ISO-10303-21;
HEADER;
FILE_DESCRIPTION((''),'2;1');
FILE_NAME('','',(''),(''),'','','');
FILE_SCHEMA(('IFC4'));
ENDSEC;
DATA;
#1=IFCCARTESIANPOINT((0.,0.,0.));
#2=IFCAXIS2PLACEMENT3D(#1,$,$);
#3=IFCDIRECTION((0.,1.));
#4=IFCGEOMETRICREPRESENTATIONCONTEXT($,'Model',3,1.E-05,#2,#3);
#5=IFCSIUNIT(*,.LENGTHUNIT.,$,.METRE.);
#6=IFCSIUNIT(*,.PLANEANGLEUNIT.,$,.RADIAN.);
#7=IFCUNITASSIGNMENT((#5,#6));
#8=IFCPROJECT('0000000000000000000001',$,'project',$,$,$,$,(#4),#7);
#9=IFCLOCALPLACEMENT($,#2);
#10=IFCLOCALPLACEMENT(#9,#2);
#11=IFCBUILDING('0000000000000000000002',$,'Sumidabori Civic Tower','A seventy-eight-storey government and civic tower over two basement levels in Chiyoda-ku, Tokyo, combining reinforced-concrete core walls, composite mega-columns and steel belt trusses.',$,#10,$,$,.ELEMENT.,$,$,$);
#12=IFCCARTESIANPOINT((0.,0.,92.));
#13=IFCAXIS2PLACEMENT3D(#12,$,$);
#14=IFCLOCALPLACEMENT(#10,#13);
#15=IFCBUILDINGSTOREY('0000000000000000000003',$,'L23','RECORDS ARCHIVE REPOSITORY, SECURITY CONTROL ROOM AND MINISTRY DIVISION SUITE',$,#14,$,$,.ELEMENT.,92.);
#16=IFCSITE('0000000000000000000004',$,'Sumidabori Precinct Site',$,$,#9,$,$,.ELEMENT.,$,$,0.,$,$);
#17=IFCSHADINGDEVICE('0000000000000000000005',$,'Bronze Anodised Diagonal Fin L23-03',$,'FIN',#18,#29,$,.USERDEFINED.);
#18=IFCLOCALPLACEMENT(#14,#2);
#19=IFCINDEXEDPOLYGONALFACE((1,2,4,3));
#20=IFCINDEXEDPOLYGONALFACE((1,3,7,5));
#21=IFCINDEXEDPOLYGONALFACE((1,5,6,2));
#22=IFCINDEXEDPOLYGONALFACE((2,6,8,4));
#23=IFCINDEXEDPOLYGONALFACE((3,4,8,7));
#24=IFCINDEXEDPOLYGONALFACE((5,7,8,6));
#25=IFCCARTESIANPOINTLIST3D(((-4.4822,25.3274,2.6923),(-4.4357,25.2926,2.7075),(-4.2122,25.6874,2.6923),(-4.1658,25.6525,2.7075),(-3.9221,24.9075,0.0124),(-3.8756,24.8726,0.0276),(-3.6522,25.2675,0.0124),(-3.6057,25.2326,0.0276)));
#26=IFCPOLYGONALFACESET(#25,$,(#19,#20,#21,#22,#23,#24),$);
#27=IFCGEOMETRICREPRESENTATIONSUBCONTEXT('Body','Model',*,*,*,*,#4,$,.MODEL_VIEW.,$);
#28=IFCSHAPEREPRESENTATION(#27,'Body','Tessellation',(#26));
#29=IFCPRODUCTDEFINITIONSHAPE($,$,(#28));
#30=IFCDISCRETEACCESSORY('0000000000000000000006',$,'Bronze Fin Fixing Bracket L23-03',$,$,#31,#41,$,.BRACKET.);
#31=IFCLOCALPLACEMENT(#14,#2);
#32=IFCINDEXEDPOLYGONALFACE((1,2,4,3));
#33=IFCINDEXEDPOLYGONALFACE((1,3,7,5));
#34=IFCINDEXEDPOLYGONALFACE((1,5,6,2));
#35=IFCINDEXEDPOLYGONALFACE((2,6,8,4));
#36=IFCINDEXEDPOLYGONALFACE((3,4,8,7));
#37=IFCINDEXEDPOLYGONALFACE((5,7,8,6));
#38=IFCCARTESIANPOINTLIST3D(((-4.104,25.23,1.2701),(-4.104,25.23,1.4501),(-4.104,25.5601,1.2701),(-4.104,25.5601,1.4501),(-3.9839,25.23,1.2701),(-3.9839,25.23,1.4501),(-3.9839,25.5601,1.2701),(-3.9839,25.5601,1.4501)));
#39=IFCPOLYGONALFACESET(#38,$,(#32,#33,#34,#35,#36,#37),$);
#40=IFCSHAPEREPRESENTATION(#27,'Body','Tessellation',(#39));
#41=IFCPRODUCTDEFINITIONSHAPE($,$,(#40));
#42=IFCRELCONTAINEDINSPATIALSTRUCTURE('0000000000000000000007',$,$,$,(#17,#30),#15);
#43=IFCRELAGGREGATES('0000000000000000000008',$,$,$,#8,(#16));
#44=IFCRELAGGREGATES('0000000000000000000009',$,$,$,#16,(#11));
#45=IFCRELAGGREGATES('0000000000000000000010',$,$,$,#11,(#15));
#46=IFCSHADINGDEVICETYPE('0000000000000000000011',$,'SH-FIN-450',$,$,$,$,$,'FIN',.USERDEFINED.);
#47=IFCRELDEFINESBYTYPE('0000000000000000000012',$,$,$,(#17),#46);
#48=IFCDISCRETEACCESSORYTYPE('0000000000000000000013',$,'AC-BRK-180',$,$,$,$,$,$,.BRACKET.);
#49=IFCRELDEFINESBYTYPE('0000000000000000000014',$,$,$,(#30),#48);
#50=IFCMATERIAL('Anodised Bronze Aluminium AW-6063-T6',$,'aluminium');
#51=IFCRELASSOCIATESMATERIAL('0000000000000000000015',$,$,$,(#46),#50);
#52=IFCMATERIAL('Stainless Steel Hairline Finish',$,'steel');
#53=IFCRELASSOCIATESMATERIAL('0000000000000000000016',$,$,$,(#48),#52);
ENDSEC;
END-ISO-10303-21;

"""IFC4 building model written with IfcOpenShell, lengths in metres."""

from ifc_helpers import new_model, si_unit, direction, frame, origin, origin_2d, place, context, subcontext, project, spatial, rectangle, extrude, source, transform, mapped, material, material_profile, profile_set, type_object, element, save


model = new_model("IFC4")

# Units and contexts
model_context = context("Model", 3, precision=1e-05, world=origin(), true_north=direction((0.0, 1.0)))
body_context = subcontext(model_context, "Body", "Model", "MODEL_VIEW")
ifc_project = project(units=[si_unit("LENGTHUNIT", "METRE"), si_unit("PLANEANGLEUNIT", "RADIAN")], contexts=[model_context])

# Site, building, storey
site_placement = place(None, origin())
site = spatial("IfcSite", under=ifc_project, at=site_placement, Name="Sumidabori Precinct Site", CompositionType="ELEMENT", RefElevation=0.0)
building_placement = place(site_placement, origin())
building = spatial("IfcBuilding", under=site, at=building_placement, Name="Sumidabori Civic Tower", Description="A seventy-eight-storey government and civic tower over two basement levels in Chiyoda-ku, Tokyo, combining reinforced-concrete core walls, composite mega-columns and steel belt trusses.", CompositionType="ELEMENT")
storey_placement = place(building_placement, frame((0.0, 0.0, 92.0)))
storey = spatial("IfcBuildingStorey", under=building, at=storey_placement, Name="L23", Description="RECORDS ARCHIVE REPOSITORY, SECURITY CONTROL ROOM AND MINISTRY DIVISION SUITE", CompositionType="ELEMENT", Elevation=92.0)

# Shared definitions
ifc_material_1 = material(Name="Anodised Bronze Aluminium AW-6063-T6", Category="aluminium")

# Shared definitions
ifc_material_2 = material(Name="Stainless Steel Hairline Finish", Category="steel")

# Shading device
ifc_material_profile_1 = material_profile(ifc_material_1, rectangle(XDim=0.0601, YDim=0.45, at=origin_2d()), Name="BRONZE FIN 450x60")
ifc_profile_set_1 = profile_set([ifc_material_profile_1], Name="Anodised Bronze Aluminium AW-6063-T6")
shading_device_type = type_object("IfcShadingDeviceType", Name="SH-FIN-450", ElementType="FIN", PredefinedType="USERDEFINED", material=ifc_profile_set_1)
shared_shape_1 = source(origin(), body_context, "Body", "SweptSolid", [
    extrude(rectangle(XDim=0.0601, YDim=0.45, at=origin_2d()), origin(), (0.0, 0.0, 1.0), 2.7698),
])
shading_device_placement = place(storey_placement, frame((-3.7639, 25.0701, 0.02), z_axis=(-0.202199, 0.151605, 0.967539), x_axis=(0.774112, -0.580415, 0.252722)))
element("IfcShadingDevice", 1, at=shading_device_placement, inside=storey, type_object=shading_device_type, Name="Bronze Anodised Diagonal Fin L23-03", ObjectType="FIN", PredefinedType="USERDEFINED", context=body_context, shape_type="MappedRepresentation", body=[
    mapped(shared_shape_1, transform((0.0, 0.0, 0.0), x_axis=(1.0, 0.0, 0.0), y_axis=(0.0, 1.0, 0.0), z_axis=(0.0, 0.0, 1.0), scale=1.0)),
])

# Discrete accessory
ifc_material_profile_2 = material_profile(ifc_material_2, rectangle(XDim=0.1201, YDim=0.1799, at=origin_2d()), Name="STEEL BRACKET 180x120")
ifc_profile_set_2 = profile_set([ifc_material_profile_2], Name="Stainless Steel Hairline Finish")
discrete_accessory_type = type_object("IfcDiscreteAccessoryType", Name="AC-BRK-180", PredefinedType="BRACKET", material=ifc_profile_set_2)
shared_shape_2 = source(origin(), body_context, "Body", "SweptSolid", [
    extrude(rectangle(XDim=0.1201, YDim=0.1799, at=origin_2d()), origin(), (0.0, 0.0, 1.0), 0.3301),
])
discrete_accessory_placement = place(storey_placement, frame((-4.0439, 25.23, 1.3601), z_axis=(0.0, 1.0, 0.0), x_axis=(-1.0, 0.0, 0.0)))
element("IfcDiscreteAccessory", 2, at=discrete_accessory_placement, inside=storey, type_object=discrete_accessory_type, Name="Bronze Fin Fixing Bracket L23-03", PredefinedType="BRACKET", context=body_context, shape_type="MappedRepresentation", body=[
    mapped(shared_shape_2, transform((0.0, 0.0, 0.0), x_axis=(1.0, 0.0, 0.0), y_axis=(0.0, 1.0, 0.0), z_axis=(0.0, 0.0, 1.0), scale=1.0)),
])

save(model, "model.ifc")
